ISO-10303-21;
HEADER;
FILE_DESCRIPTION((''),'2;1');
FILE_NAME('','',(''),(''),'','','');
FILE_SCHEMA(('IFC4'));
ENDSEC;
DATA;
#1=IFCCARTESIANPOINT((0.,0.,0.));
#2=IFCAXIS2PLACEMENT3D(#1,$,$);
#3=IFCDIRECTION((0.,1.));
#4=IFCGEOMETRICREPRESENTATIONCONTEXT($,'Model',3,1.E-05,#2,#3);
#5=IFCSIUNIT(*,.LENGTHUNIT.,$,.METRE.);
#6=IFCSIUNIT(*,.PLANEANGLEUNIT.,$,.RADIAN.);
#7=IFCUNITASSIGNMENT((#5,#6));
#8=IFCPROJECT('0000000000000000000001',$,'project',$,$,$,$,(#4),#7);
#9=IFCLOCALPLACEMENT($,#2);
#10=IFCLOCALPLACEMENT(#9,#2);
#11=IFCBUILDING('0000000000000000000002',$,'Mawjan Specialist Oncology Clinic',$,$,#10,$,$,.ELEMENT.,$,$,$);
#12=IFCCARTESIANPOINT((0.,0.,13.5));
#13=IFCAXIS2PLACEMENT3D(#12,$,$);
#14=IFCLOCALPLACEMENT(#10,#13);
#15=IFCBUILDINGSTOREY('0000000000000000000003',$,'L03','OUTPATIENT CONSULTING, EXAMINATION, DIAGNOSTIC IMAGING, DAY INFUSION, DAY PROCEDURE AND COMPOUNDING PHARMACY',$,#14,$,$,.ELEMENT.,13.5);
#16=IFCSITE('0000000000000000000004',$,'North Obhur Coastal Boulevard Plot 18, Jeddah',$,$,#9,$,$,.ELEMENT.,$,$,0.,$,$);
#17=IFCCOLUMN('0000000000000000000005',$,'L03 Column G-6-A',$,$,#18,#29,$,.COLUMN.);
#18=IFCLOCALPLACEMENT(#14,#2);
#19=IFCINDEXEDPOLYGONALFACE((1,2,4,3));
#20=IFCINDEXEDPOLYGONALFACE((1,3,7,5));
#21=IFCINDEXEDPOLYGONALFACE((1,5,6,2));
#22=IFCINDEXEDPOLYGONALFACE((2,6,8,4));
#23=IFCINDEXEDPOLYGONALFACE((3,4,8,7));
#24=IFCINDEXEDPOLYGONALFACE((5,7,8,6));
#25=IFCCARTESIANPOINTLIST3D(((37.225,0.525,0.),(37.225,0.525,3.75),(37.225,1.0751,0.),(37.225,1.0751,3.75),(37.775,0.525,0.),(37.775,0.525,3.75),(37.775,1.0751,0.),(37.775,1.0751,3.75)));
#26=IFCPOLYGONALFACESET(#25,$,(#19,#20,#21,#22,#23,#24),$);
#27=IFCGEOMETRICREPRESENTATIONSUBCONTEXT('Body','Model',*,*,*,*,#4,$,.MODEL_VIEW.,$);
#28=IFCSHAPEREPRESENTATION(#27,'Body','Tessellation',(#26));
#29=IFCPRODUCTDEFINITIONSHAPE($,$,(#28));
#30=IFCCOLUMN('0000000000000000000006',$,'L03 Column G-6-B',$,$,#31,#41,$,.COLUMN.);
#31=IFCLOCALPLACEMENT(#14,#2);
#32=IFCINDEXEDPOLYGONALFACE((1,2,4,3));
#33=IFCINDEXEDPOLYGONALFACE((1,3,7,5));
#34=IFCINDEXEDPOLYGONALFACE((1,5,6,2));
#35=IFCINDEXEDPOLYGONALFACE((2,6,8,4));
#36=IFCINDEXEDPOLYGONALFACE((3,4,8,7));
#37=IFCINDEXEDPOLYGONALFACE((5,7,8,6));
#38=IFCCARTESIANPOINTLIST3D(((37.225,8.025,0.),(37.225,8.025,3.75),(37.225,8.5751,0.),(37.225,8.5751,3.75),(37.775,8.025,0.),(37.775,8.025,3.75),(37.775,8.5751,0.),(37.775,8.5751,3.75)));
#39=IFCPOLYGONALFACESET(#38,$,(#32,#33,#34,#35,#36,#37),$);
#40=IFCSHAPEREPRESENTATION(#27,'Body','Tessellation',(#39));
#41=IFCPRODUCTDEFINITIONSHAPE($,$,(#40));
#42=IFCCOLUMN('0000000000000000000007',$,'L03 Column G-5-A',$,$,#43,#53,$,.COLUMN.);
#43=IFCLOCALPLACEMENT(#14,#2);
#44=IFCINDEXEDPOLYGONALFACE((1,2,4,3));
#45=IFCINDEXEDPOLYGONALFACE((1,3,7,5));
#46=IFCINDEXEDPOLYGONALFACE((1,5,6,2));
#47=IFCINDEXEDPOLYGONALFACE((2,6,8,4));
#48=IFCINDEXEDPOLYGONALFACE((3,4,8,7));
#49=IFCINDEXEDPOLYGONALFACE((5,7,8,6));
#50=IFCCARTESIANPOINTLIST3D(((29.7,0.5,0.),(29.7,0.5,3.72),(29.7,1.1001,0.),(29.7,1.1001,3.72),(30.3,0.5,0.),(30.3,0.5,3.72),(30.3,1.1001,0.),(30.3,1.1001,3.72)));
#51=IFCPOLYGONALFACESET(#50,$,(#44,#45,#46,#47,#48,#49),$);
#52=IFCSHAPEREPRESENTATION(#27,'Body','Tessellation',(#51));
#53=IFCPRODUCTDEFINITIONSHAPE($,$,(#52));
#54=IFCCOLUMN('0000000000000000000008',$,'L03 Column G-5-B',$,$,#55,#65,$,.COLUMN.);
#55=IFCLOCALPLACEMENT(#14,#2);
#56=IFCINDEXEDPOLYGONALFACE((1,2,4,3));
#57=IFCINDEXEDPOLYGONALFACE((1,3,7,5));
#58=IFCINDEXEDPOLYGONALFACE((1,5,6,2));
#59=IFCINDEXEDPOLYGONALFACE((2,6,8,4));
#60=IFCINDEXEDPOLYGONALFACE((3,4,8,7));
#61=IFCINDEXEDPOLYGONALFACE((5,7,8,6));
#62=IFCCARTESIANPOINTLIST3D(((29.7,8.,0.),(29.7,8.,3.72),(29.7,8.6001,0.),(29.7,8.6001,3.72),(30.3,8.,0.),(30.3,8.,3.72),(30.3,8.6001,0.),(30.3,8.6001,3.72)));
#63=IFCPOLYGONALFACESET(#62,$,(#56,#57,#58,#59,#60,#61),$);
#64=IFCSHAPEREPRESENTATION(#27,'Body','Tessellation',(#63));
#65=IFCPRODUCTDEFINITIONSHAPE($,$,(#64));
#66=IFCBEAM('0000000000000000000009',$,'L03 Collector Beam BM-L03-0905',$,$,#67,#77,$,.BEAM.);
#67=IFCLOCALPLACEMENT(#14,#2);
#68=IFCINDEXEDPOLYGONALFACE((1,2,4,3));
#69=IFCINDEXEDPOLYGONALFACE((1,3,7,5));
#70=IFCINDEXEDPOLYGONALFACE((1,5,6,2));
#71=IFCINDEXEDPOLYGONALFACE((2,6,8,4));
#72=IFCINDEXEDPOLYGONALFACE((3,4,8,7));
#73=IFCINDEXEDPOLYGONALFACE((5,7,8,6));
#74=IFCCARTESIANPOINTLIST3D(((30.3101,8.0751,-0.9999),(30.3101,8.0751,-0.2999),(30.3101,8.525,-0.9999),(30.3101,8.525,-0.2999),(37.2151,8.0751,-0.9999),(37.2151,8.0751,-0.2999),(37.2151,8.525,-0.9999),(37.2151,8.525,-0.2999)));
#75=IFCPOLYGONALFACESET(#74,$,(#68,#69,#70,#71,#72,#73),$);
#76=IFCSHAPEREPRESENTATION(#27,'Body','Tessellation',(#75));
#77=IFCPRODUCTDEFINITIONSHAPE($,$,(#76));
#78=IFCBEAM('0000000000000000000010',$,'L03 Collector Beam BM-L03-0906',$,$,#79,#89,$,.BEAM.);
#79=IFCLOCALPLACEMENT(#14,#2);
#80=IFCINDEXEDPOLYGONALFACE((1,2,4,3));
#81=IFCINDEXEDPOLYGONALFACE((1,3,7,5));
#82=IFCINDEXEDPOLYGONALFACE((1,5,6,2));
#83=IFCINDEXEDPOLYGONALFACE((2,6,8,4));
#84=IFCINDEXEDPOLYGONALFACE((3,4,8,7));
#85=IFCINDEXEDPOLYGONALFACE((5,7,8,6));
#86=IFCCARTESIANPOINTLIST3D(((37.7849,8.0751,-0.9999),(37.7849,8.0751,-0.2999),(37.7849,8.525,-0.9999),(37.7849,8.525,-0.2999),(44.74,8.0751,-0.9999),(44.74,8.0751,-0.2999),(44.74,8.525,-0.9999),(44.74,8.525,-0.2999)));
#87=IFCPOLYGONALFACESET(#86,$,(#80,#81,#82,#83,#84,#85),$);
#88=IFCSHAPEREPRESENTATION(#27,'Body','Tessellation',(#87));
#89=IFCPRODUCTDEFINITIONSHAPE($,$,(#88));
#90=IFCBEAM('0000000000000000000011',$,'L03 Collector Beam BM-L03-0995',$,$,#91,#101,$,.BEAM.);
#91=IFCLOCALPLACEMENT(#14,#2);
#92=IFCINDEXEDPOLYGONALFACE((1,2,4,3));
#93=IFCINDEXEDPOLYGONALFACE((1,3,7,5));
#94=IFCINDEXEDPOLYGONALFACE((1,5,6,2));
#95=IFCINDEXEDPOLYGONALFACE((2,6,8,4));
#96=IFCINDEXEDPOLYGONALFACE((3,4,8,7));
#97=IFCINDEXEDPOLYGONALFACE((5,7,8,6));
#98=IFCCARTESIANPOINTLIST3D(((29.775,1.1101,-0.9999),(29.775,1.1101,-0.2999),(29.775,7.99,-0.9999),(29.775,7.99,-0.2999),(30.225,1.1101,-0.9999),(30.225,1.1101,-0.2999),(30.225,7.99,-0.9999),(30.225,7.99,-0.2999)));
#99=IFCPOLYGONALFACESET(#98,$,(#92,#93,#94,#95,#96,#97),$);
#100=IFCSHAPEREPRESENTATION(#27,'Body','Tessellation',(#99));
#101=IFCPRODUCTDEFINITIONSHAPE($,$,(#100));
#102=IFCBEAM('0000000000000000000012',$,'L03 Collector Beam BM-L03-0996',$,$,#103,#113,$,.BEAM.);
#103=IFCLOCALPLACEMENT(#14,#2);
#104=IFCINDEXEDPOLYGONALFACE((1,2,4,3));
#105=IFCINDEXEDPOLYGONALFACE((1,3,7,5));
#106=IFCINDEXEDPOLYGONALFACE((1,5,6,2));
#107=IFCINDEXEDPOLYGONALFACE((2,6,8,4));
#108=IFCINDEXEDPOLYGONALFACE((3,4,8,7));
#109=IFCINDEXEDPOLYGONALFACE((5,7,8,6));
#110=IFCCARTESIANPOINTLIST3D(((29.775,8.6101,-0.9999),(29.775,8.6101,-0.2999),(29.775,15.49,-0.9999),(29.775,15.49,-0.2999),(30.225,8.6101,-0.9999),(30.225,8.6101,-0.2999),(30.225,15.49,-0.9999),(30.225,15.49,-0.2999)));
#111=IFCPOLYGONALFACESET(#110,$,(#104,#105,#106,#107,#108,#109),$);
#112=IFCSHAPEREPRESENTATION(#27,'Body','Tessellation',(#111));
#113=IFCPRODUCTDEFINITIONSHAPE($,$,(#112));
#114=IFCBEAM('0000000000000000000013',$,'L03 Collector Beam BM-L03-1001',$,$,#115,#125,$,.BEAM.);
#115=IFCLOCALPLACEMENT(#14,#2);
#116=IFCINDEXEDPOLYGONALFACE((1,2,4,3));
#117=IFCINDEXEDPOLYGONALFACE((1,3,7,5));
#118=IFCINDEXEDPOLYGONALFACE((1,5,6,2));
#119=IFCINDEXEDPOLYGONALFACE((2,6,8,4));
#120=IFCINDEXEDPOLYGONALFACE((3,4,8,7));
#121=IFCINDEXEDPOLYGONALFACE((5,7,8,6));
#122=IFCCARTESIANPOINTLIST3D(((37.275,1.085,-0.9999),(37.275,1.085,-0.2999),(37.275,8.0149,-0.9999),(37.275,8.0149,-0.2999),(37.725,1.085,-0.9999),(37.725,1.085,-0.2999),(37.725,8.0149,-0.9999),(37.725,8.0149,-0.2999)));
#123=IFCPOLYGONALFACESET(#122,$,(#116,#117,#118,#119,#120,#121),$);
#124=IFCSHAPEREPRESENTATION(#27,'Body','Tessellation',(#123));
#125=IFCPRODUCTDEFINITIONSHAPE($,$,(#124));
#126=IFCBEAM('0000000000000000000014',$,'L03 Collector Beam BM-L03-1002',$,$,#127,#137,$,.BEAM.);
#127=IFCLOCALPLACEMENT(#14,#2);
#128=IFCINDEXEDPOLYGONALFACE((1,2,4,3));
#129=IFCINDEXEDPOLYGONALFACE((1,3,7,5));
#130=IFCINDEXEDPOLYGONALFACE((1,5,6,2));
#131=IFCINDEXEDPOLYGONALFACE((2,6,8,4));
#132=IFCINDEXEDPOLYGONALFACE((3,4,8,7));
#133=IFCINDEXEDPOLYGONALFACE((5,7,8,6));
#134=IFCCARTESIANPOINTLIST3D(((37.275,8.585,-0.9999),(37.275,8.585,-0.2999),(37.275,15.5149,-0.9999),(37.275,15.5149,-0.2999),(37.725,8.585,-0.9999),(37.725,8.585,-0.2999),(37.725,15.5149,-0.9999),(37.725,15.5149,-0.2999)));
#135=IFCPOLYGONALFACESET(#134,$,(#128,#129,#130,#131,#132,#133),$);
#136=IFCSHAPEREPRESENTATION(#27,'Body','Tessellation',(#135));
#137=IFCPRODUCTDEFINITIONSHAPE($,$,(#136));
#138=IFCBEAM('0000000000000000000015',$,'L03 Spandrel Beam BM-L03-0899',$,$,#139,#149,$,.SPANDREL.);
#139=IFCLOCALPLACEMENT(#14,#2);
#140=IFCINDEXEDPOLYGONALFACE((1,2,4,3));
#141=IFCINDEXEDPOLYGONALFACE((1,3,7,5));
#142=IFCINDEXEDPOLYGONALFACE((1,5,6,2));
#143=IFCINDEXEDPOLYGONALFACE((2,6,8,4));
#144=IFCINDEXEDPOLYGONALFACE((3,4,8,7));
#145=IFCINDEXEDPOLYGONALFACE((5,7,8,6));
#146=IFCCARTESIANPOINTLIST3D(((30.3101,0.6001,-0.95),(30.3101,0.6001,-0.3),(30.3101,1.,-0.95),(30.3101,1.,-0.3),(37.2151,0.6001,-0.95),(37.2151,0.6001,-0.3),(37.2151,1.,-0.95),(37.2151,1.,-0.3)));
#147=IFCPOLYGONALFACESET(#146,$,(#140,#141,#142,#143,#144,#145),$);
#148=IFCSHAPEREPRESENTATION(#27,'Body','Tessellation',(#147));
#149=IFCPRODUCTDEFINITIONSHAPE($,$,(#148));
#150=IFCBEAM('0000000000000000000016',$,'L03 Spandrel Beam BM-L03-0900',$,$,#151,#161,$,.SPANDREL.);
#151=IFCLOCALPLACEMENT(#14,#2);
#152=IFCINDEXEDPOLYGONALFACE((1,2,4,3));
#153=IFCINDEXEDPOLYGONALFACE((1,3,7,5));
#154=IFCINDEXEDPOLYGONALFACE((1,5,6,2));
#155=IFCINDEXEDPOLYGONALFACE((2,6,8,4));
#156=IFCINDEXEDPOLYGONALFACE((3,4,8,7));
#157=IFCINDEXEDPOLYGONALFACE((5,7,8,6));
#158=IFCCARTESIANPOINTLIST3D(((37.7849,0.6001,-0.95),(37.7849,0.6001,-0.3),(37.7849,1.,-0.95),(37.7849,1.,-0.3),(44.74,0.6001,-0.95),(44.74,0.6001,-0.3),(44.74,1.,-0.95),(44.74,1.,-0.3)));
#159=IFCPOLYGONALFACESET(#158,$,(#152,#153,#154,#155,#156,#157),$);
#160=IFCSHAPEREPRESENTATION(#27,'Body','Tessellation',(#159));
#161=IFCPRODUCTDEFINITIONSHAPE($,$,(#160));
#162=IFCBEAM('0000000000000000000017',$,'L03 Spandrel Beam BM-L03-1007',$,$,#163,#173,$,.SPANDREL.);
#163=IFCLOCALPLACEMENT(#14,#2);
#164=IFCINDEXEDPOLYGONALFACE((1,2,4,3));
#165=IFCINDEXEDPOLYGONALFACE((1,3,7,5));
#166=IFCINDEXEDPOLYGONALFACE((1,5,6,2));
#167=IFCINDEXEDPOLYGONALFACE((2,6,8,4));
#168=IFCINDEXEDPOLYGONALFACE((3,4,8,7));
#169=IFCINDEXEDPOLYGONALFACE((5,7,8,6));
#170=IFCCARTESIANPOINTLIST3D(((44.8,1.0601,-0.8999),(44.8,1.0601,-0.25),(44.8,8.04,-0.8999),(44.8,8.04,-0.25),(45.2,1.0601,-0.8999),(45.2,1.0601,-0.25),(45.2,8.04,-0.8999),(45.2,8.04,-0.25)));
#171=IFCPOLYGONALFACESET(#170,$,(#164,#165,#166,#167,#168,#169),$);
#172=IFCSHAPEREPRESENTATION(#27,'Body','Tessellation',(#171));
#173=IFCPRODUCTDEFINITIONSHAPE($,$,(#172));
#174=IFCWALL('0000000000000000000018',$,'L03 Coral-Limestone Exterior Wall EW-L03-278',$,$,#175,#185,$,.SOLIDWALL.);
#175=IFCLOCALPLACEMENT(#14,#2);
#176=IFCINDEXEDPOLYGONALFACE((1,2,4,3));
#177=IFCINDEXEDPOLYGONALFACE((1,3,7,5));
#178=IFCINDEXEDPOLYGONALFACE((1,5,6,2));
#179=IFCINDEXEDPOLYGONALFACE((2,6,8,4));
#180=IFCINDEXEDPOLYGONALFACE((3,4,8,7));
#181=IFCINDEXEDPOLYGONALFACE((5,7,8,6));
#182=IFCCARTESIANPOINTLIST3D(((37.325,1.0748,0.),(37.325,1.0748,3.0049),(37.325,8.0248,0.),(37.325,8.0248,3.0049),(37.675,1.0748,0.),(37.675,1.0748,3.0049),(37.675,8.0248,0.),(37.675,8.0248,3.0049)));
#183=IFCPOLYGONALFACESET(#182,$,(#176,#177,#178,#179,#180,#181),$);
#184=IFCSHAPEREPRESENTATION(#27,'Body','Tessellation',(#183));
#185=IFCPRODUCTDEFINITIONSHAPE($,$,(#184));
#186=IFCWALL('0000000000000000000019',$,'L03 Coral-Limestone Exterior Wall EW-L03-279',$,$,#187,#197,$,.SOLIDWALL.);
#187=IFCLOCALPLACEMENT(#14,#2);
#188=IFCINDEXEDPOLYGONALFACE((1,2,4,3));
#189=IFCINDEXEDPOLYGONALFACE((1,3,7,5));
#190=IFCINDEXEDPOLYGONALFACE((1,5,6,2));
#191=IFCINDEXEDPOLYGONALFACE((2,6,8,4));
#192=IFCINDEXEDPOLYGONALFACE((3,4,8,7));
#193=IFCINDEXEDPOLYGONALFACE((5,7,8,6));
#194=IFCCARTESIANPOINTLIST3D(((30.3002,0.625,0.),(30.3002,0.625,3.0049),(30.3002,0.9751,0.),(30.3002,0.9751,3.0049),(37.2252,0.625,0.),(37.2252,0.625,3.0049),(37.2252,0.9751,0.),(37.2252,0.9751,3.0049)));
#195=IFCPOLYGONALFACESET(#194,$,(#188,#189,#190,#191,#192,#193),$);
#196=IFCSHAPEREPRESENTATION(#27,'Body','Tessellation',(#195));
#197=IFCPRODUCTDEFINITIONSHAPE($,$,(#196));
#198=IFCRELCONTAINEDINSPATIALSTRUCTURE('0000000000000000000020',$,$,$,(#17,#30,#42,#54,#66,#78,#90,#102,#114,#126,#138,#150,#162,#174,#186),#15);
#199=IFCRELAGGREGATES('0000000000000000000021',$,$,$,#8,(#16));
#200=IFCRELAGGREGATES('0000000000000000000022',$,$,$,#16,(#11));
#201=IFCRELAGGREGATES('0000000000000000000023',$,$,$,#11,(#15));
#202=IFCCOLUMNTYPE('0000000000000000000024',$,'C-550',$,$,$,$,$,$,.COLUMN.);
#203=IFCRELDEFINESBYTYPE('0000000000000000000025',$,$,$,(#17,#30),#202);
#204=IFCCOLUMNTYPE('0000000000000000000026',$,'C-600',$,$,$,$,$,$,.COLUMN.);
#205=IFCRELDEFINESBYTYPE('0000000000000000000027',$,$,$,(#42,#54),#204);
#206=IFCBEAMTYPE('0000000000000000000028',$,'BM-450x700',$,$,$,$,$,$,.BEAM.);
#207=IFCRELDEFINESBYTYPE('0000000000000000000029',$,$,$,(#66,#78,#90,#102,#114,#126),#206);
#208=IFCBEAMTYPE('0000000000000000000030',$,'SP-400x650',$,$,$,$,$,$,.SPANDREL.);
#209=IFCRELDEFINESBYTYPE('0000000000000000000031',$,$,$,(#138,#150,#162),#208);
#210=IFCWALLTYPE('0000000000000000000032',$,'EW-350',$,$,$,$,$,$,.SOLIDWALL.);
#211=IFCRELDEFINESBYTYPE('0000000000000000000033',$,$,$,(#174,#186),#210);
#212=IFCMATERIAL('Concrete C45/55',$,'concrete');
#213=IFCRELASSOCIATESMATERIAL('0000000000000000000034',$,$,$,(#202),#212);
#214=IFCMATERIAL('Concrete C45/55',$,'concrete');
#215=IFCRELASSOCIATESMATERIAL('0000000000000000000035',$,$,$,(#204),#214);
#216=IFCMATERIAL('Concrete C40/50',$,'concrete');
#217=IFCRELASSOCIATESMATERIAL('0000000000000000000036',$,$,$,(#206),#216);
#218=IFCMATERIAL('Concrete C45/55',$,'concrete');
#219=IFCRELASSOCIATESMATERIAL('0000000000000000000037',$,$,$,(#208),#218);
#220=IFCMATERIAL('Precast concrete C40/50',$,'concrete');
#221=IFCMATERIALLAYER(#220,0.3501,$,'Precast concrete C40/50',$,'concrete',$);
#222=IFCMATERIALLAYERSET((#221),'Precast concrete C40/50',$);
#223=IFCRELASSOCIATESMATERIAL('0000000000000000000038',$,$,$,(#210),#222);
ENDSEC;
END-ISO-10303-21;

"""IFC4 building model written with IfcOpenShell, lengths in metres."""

from ifc_helpers import new_model, si_unit, direction, frame, frame_2d, origin, origin_2d, place, context, subcontext, project, spatial, rectangle, extrude, material, layer, layer_set, material_profile, profile_set, type_object, element, save


model = new_model("IFC4")

# Units and contexts
model_context = context("Model", 3, precision=1e-05, world=origin(), true_north=direction((0.0, 1.0)))
body_context = subcontext(model_context, "Body", "Model", "MODEL_VIEW")
ifc_project = project(units=[si_unit("LENGTHUNIT", "METRE"), si_unit("PLANEANGLEUNIT", "RADIAN")], contexts=[model_context])

# Site, building, storey
site_placement = place(None, origin())
site = spatial("IfcSite", under=ifc_project, at=site_placement, Name="North Obhur Coastal Boulevard Plot 18, Jeddah", CompositionType="ELEMENT", RefElevation=0.0)
building_placement = place(site_placement, origin())
building = spatial("IfcBuilding", under=site, at=building_placement, Name="Mawjan Specialist Oncology Clinic", CompositionType="ELEMENT")
storey_placement = place(building_placement, frame((0.0, 0.0, 13.5)))
storey = spatial("IfcBuildingStorey", under=building, at=storey_placement, Name="L03", Description="OUTPATIENT CONSULTING, EXAMINATION, DIAGNOSTIC IMAGING, DAY INFUSION, DAY PROCEDURE AND COMPOUNDING PHARMACY", CompositionType="ELEMENT", Elevation=13.5)

# Columns
ifc_material_1 = material(Name="Concrete C45/55", Category="concrete")
ifc_material_profile_1 = material_profile(ifc_material_1, rectangle(XDim=0.55, YDim=0.55, at=origin_2d()), Name="RC COL 550x550", Category="concrete")
ifc_profile_set_1 = profile_set([ifc_material_profile_1], Name="Concrete C45/55")
column_type_1 = type_object("IfcColumnType", Name="C-550", PredefinedType="COLUMN", material=ifc_profile_set_1)
for number, where, z_axis, x_axis, name in (
    (1, (37.5, 0.8, 0.0), (0.0, 0.0, 1.0), (1.0, 0.0, 0.0), "L03 Column G-6-A"),
    (2, (37.5, 8.3, 0.0), (0.0, 0.0, 1.0), (1.0, 0.0, 0.0), "L03 Column G-6-B"),
):
    element("IfcColumn", number, at=place(storey_placement, frame(where, z_axis=z_axis, x_axis=x_axis)), inside=storey, type_object=column_type_1, Name=name, PredefinedType="COLUMN", context=body_context, shape_type="SweptSolid", body=[
        extrude(rectangle(XDim=0.55, YDim=0.55, at=origin_2d()), origin(), (0.0, 0.0, 1.0), 3.75),
    ])
ifc_material_2 = material(Name="Concrete C45/55", Category="concrete")
ifc_material_profile_2 = material_profile(ifc_material_2, rectangle(XDim=0.6001, YDim=0.6001, at=origin_2d()), Name="RC COL 600x600", Category="concrete")
ifc_profile_set_2 = profile_set([ifc_material_profile_2], Name="Concrete C45/55")
column_type_2 = type_object("IfcColumnType", Name="C-600", PredefinedType="COLUMN", material=ifc_profile_set_2)
for number, where, z_axis, x_axis, name in (
    (3, (30.0, 0.8, 0.0), (0.0, 0.0, 1.0), (1.0, 0.0, 0.0), "L03 Column G-5-A"),
    (4, (30.0, 8.3, 0.0), (0.0, 0.0, 1.0), (1.0, 0.0, 0.0), "L03 Column G-5-B"),
):
    element("IfcColumn", number, at=place(storey_placement, frame(where, z_axis=z_axis, x_axis=x_axis)), inside=storey, type_object=column_type_2, Name=name, PredefinedType="COLUMN", context=body_context, shape_type="SweptSolid", body=[
        extrude(rectangle(XDim=0.6001, YDim=0.6001, at=origin_2d()), origin(), (0.0, 0.0, 1.0), 3.72),
    ])

# Beams
ifc_material_3 = material(Name="Concrete C40/50", Category="concrete")
ifc_material_profile_3 = material_profile(ifc_material_3, rectangle(XDim=0.45, YDim=0.7, at=origin_2d()), Name="RC BM 450x700", Category="concrete")
ifc_profile_set_3 = profile_set([ifc_material_profile_3], Name="Concrete C40/50")
beam_type_1 = type_object("IfcBeamType", Name="BM-450x700", PredefinedType="BEAM", material=ifc_profile_set_3)
beam_1_placement = place(storey_placement, frame((30.3101, 8.3, -0.6499), z_axis=(1.0, 0.0, 0.0), x_axis=(0.0, 1.0, 0.0)))
element("IfcBeam", 5, at=beam_1_placement, inside=storey, type_object=beam_type_1, Name="L03 Collector Beam BM-L03-0905", PredefinedType="BEAM", context=body_context, shape_type="SweptSolid", body=[
    extrude(rectangle(XDim=0.45, YDim=0.7, at=origin_2d()), origin(), (0.0, 0.0, 1.0), 6.905),
])
beam_2_placement = place(storey_placement, frame((37.7849, 8.3, -0.6499), z_axis=(1.0, 0.0, 0.0), x_axis=(0.0, 1.0, 0.0)))
element("IfcBeam", 6, at=beam_2_placement, inside=storey, type_object=beam_type_1, Name="L03 Collector Beam BM-L03-0906", PredefinedType="BEAM", context=body_context, shape_type="SweptSolid", body=[
    extrude(rectangle(XDim=0.45, YDim=0.7, at=origin_2d()), origin(), (0.0, 0.0, 1.0), 6.9551),
])
for number, where, z_axis, x_axis, name in (
    (7, (30.0, 1.1101, -0.6499), (0.0, 1.0, 0.0), (-1.0, 0.0, 0.0), "L03 Collector Beam BM-L03-0995"),
    (8, (30.0, 8.6101, -0.6499), (0.0, 1.0, 0.0), (-1.0, 0.0, 0.0), "L03 Collector Beam BM-L03-0996"),
):
    element("IfcBeam", number, at=place(storey_placement, frame(where, z_axis=z_axis, x_axis=x_axis)), inside=storey, type_object=beam_type_1, Name=name, PredefinedType="BEAM", context=body_context, shape_type="SweptSolid", body=[
        extrude(rectangle(XDim=0.45, YDim=0.7, at=origin_2d()), origin(), (0.0, 0.0, 1.0), 6.8799),
    ])
for number, where, z_axis, x_axis, name in (
    (9, (37.5, 1.085, -0.6499), (0.0, 1.0, 0.0), (-1.0, 0.0, 0.0), "L03 Collector Beam BM-L03-1001"),
    (10, (37.5, 8.585, -0.6499), (0.0, 1.0, 0.0), (-1.0, 0.0, 0.0), "L03 Collector Beam BM-L03-1002"),
):
    element("IfcBeam", number, at=place(storey_placement, frame(where, z_axis=z_axis, x_axis=x_axis)), inside=storey, type_object=beam_type_1, Name=name, PredefinedType="BEAM", context=body_context, shape_type="SweptSolid", body=[
        extrude(rectangle(XDim=0.45, YDim=0.7, at=origin_2d()), origin(), (0.0, 0.0, 1.0), 6.9299),
    ])
ifc_material_4 = material(Name="Concrete C45/55", Category="concrete")
ifc_material_profile_4 = material_profile(ifc_material_4, rectangle(XDim=0.3999, YDim=0.6499, at=origin_2d()), Name="RC BM 400x650", Category="concrete")
ifc_profile_set_4 = profile_set([ifc_material_profile_4], Name="Concrete C45/55")
beam_type_2 = type_object("IfcBeamType", Name="SP-400x650", PredefinedType="SPANDREL", material=ifc_profile_set_4)
beam_3_placement = place(storey_placement, frame((30.3101, 0.8, -0.625), z_axis=(1.0, 0.0, 0.0), x_axis=(0.0, 1.0, 0.0)))
element("IfcBeam", 11, at=beam_3_placement, inside=storey, type_object=beam_type_2, Name="L03 Spandrel Beam BM-L03-0899", PredefinedType="SPANDREL", context=body_context, shape_type="SweptSolid", body=[
    extrude(rectangle(XDim=0.3999, YDim=0.6499, at=origin_2d()), origin(), (0.0, 0.0, 1.0), 6.905),
])
beam_4_placement = place(storey_placement, frame((37.7849, 0.8, -0.625), z_axis=(1.0, 0.0, 0.0), x_axis=(0.0, 1.0, 0.0)))
element("IfcBeam", 12, at=beam_4_placement, inside=storey, type_object=beam_type_2, Name="L03 Spandrel Beam BM-L03-0900", PredefinedType="SPANDREL", context=body_context, shape_type="SweptSolid", body=[
    extrude(rectangle(XDim=0.3999, YDim=0.6499, at=origin_2d()), origin(), (0.0, 0.0, 1.0), 6.9551),
])
beam_5_placement = place(storey_placement, frame((45.0, 1.0601, -0.575), z_axis=(0.0, 1.0, 0.0), x_axis=(-1.0, 0.0, 0.0)))
element("IfcBeam", 13, at=beam_5_placement, inside=storey, type_object=beam_type_2, Name="L03 Spandrel Beam BM-L03-1007", PredefinedType="SPANDREL", context=body_context, shape_type="SweptSolid", body=[
    extrude(rectangle(XDim=0.3999, YDim=0.6499, at=origin_2d()), origin(), (0.0, 0.0, 1.0), 6.98),
])

# Walls
ifc_material_5 = material(Name="Precast concrete C40/50", Category="concrete")
ifc_layer_1 = layer(ifc_material_5, 0.3501, Name="Precast concrete C40/50", Category="concrete")
ifc_layer_set_1 = layer_set([ifc_layer_1], Name="Precast concrete C40/50")
wall_type_1 = type_object("IfcWallType", Name="EW-350", PredefinedType="SOLIDWALL", material=ifc_layer_set_1)
wall_1_placement = place(storey_placement, frame((37.5, 8.0249, 0.0), z_axis=(0.0, 0.0, 1.0), x_axis=(0.0, -1.0, 0.0)))
element("IfcWall", 14, at=wall_1_placement, inside=storey, type_object=wall_type_1, Name="L03 Coral-Limestone Exterior Wall EW-L03-278", PredefinedType="SOLIDWALL", context=body_context, shape_type="SweptSolid", body=[
    extrude(rectangle(XDim=6.95, YDim=0.3501, at=frame_2d((3.4751, 0.0))), origin(), (0.0, 0.0, 1.0), 3.0049),
])
wall_2_placement = place(storey_placement, frame((37.2251, 0.8, 0.0), z_axis=(0.0, 0.0, 1.0), x_axis=(-1.0, 0.0, 0.0)))
element("IfcWall", 15, at=wall_2_placement, inside=storey, type_object=wall_type_1, Name="L03 Coral-Limestone Exterior Wall EW-L03-279", PredefinedType="SOLIDWALL", context=body_context, shape_type="SweptSolid", body=[
    extrude(rectangle(XDim=6.925, YDim=0.3501, at=frame_2d((3.4624, 0.0))), origin(), (0.0, 0.0, 1.0), 3.0049),
])

save(model, "model.ifc")
